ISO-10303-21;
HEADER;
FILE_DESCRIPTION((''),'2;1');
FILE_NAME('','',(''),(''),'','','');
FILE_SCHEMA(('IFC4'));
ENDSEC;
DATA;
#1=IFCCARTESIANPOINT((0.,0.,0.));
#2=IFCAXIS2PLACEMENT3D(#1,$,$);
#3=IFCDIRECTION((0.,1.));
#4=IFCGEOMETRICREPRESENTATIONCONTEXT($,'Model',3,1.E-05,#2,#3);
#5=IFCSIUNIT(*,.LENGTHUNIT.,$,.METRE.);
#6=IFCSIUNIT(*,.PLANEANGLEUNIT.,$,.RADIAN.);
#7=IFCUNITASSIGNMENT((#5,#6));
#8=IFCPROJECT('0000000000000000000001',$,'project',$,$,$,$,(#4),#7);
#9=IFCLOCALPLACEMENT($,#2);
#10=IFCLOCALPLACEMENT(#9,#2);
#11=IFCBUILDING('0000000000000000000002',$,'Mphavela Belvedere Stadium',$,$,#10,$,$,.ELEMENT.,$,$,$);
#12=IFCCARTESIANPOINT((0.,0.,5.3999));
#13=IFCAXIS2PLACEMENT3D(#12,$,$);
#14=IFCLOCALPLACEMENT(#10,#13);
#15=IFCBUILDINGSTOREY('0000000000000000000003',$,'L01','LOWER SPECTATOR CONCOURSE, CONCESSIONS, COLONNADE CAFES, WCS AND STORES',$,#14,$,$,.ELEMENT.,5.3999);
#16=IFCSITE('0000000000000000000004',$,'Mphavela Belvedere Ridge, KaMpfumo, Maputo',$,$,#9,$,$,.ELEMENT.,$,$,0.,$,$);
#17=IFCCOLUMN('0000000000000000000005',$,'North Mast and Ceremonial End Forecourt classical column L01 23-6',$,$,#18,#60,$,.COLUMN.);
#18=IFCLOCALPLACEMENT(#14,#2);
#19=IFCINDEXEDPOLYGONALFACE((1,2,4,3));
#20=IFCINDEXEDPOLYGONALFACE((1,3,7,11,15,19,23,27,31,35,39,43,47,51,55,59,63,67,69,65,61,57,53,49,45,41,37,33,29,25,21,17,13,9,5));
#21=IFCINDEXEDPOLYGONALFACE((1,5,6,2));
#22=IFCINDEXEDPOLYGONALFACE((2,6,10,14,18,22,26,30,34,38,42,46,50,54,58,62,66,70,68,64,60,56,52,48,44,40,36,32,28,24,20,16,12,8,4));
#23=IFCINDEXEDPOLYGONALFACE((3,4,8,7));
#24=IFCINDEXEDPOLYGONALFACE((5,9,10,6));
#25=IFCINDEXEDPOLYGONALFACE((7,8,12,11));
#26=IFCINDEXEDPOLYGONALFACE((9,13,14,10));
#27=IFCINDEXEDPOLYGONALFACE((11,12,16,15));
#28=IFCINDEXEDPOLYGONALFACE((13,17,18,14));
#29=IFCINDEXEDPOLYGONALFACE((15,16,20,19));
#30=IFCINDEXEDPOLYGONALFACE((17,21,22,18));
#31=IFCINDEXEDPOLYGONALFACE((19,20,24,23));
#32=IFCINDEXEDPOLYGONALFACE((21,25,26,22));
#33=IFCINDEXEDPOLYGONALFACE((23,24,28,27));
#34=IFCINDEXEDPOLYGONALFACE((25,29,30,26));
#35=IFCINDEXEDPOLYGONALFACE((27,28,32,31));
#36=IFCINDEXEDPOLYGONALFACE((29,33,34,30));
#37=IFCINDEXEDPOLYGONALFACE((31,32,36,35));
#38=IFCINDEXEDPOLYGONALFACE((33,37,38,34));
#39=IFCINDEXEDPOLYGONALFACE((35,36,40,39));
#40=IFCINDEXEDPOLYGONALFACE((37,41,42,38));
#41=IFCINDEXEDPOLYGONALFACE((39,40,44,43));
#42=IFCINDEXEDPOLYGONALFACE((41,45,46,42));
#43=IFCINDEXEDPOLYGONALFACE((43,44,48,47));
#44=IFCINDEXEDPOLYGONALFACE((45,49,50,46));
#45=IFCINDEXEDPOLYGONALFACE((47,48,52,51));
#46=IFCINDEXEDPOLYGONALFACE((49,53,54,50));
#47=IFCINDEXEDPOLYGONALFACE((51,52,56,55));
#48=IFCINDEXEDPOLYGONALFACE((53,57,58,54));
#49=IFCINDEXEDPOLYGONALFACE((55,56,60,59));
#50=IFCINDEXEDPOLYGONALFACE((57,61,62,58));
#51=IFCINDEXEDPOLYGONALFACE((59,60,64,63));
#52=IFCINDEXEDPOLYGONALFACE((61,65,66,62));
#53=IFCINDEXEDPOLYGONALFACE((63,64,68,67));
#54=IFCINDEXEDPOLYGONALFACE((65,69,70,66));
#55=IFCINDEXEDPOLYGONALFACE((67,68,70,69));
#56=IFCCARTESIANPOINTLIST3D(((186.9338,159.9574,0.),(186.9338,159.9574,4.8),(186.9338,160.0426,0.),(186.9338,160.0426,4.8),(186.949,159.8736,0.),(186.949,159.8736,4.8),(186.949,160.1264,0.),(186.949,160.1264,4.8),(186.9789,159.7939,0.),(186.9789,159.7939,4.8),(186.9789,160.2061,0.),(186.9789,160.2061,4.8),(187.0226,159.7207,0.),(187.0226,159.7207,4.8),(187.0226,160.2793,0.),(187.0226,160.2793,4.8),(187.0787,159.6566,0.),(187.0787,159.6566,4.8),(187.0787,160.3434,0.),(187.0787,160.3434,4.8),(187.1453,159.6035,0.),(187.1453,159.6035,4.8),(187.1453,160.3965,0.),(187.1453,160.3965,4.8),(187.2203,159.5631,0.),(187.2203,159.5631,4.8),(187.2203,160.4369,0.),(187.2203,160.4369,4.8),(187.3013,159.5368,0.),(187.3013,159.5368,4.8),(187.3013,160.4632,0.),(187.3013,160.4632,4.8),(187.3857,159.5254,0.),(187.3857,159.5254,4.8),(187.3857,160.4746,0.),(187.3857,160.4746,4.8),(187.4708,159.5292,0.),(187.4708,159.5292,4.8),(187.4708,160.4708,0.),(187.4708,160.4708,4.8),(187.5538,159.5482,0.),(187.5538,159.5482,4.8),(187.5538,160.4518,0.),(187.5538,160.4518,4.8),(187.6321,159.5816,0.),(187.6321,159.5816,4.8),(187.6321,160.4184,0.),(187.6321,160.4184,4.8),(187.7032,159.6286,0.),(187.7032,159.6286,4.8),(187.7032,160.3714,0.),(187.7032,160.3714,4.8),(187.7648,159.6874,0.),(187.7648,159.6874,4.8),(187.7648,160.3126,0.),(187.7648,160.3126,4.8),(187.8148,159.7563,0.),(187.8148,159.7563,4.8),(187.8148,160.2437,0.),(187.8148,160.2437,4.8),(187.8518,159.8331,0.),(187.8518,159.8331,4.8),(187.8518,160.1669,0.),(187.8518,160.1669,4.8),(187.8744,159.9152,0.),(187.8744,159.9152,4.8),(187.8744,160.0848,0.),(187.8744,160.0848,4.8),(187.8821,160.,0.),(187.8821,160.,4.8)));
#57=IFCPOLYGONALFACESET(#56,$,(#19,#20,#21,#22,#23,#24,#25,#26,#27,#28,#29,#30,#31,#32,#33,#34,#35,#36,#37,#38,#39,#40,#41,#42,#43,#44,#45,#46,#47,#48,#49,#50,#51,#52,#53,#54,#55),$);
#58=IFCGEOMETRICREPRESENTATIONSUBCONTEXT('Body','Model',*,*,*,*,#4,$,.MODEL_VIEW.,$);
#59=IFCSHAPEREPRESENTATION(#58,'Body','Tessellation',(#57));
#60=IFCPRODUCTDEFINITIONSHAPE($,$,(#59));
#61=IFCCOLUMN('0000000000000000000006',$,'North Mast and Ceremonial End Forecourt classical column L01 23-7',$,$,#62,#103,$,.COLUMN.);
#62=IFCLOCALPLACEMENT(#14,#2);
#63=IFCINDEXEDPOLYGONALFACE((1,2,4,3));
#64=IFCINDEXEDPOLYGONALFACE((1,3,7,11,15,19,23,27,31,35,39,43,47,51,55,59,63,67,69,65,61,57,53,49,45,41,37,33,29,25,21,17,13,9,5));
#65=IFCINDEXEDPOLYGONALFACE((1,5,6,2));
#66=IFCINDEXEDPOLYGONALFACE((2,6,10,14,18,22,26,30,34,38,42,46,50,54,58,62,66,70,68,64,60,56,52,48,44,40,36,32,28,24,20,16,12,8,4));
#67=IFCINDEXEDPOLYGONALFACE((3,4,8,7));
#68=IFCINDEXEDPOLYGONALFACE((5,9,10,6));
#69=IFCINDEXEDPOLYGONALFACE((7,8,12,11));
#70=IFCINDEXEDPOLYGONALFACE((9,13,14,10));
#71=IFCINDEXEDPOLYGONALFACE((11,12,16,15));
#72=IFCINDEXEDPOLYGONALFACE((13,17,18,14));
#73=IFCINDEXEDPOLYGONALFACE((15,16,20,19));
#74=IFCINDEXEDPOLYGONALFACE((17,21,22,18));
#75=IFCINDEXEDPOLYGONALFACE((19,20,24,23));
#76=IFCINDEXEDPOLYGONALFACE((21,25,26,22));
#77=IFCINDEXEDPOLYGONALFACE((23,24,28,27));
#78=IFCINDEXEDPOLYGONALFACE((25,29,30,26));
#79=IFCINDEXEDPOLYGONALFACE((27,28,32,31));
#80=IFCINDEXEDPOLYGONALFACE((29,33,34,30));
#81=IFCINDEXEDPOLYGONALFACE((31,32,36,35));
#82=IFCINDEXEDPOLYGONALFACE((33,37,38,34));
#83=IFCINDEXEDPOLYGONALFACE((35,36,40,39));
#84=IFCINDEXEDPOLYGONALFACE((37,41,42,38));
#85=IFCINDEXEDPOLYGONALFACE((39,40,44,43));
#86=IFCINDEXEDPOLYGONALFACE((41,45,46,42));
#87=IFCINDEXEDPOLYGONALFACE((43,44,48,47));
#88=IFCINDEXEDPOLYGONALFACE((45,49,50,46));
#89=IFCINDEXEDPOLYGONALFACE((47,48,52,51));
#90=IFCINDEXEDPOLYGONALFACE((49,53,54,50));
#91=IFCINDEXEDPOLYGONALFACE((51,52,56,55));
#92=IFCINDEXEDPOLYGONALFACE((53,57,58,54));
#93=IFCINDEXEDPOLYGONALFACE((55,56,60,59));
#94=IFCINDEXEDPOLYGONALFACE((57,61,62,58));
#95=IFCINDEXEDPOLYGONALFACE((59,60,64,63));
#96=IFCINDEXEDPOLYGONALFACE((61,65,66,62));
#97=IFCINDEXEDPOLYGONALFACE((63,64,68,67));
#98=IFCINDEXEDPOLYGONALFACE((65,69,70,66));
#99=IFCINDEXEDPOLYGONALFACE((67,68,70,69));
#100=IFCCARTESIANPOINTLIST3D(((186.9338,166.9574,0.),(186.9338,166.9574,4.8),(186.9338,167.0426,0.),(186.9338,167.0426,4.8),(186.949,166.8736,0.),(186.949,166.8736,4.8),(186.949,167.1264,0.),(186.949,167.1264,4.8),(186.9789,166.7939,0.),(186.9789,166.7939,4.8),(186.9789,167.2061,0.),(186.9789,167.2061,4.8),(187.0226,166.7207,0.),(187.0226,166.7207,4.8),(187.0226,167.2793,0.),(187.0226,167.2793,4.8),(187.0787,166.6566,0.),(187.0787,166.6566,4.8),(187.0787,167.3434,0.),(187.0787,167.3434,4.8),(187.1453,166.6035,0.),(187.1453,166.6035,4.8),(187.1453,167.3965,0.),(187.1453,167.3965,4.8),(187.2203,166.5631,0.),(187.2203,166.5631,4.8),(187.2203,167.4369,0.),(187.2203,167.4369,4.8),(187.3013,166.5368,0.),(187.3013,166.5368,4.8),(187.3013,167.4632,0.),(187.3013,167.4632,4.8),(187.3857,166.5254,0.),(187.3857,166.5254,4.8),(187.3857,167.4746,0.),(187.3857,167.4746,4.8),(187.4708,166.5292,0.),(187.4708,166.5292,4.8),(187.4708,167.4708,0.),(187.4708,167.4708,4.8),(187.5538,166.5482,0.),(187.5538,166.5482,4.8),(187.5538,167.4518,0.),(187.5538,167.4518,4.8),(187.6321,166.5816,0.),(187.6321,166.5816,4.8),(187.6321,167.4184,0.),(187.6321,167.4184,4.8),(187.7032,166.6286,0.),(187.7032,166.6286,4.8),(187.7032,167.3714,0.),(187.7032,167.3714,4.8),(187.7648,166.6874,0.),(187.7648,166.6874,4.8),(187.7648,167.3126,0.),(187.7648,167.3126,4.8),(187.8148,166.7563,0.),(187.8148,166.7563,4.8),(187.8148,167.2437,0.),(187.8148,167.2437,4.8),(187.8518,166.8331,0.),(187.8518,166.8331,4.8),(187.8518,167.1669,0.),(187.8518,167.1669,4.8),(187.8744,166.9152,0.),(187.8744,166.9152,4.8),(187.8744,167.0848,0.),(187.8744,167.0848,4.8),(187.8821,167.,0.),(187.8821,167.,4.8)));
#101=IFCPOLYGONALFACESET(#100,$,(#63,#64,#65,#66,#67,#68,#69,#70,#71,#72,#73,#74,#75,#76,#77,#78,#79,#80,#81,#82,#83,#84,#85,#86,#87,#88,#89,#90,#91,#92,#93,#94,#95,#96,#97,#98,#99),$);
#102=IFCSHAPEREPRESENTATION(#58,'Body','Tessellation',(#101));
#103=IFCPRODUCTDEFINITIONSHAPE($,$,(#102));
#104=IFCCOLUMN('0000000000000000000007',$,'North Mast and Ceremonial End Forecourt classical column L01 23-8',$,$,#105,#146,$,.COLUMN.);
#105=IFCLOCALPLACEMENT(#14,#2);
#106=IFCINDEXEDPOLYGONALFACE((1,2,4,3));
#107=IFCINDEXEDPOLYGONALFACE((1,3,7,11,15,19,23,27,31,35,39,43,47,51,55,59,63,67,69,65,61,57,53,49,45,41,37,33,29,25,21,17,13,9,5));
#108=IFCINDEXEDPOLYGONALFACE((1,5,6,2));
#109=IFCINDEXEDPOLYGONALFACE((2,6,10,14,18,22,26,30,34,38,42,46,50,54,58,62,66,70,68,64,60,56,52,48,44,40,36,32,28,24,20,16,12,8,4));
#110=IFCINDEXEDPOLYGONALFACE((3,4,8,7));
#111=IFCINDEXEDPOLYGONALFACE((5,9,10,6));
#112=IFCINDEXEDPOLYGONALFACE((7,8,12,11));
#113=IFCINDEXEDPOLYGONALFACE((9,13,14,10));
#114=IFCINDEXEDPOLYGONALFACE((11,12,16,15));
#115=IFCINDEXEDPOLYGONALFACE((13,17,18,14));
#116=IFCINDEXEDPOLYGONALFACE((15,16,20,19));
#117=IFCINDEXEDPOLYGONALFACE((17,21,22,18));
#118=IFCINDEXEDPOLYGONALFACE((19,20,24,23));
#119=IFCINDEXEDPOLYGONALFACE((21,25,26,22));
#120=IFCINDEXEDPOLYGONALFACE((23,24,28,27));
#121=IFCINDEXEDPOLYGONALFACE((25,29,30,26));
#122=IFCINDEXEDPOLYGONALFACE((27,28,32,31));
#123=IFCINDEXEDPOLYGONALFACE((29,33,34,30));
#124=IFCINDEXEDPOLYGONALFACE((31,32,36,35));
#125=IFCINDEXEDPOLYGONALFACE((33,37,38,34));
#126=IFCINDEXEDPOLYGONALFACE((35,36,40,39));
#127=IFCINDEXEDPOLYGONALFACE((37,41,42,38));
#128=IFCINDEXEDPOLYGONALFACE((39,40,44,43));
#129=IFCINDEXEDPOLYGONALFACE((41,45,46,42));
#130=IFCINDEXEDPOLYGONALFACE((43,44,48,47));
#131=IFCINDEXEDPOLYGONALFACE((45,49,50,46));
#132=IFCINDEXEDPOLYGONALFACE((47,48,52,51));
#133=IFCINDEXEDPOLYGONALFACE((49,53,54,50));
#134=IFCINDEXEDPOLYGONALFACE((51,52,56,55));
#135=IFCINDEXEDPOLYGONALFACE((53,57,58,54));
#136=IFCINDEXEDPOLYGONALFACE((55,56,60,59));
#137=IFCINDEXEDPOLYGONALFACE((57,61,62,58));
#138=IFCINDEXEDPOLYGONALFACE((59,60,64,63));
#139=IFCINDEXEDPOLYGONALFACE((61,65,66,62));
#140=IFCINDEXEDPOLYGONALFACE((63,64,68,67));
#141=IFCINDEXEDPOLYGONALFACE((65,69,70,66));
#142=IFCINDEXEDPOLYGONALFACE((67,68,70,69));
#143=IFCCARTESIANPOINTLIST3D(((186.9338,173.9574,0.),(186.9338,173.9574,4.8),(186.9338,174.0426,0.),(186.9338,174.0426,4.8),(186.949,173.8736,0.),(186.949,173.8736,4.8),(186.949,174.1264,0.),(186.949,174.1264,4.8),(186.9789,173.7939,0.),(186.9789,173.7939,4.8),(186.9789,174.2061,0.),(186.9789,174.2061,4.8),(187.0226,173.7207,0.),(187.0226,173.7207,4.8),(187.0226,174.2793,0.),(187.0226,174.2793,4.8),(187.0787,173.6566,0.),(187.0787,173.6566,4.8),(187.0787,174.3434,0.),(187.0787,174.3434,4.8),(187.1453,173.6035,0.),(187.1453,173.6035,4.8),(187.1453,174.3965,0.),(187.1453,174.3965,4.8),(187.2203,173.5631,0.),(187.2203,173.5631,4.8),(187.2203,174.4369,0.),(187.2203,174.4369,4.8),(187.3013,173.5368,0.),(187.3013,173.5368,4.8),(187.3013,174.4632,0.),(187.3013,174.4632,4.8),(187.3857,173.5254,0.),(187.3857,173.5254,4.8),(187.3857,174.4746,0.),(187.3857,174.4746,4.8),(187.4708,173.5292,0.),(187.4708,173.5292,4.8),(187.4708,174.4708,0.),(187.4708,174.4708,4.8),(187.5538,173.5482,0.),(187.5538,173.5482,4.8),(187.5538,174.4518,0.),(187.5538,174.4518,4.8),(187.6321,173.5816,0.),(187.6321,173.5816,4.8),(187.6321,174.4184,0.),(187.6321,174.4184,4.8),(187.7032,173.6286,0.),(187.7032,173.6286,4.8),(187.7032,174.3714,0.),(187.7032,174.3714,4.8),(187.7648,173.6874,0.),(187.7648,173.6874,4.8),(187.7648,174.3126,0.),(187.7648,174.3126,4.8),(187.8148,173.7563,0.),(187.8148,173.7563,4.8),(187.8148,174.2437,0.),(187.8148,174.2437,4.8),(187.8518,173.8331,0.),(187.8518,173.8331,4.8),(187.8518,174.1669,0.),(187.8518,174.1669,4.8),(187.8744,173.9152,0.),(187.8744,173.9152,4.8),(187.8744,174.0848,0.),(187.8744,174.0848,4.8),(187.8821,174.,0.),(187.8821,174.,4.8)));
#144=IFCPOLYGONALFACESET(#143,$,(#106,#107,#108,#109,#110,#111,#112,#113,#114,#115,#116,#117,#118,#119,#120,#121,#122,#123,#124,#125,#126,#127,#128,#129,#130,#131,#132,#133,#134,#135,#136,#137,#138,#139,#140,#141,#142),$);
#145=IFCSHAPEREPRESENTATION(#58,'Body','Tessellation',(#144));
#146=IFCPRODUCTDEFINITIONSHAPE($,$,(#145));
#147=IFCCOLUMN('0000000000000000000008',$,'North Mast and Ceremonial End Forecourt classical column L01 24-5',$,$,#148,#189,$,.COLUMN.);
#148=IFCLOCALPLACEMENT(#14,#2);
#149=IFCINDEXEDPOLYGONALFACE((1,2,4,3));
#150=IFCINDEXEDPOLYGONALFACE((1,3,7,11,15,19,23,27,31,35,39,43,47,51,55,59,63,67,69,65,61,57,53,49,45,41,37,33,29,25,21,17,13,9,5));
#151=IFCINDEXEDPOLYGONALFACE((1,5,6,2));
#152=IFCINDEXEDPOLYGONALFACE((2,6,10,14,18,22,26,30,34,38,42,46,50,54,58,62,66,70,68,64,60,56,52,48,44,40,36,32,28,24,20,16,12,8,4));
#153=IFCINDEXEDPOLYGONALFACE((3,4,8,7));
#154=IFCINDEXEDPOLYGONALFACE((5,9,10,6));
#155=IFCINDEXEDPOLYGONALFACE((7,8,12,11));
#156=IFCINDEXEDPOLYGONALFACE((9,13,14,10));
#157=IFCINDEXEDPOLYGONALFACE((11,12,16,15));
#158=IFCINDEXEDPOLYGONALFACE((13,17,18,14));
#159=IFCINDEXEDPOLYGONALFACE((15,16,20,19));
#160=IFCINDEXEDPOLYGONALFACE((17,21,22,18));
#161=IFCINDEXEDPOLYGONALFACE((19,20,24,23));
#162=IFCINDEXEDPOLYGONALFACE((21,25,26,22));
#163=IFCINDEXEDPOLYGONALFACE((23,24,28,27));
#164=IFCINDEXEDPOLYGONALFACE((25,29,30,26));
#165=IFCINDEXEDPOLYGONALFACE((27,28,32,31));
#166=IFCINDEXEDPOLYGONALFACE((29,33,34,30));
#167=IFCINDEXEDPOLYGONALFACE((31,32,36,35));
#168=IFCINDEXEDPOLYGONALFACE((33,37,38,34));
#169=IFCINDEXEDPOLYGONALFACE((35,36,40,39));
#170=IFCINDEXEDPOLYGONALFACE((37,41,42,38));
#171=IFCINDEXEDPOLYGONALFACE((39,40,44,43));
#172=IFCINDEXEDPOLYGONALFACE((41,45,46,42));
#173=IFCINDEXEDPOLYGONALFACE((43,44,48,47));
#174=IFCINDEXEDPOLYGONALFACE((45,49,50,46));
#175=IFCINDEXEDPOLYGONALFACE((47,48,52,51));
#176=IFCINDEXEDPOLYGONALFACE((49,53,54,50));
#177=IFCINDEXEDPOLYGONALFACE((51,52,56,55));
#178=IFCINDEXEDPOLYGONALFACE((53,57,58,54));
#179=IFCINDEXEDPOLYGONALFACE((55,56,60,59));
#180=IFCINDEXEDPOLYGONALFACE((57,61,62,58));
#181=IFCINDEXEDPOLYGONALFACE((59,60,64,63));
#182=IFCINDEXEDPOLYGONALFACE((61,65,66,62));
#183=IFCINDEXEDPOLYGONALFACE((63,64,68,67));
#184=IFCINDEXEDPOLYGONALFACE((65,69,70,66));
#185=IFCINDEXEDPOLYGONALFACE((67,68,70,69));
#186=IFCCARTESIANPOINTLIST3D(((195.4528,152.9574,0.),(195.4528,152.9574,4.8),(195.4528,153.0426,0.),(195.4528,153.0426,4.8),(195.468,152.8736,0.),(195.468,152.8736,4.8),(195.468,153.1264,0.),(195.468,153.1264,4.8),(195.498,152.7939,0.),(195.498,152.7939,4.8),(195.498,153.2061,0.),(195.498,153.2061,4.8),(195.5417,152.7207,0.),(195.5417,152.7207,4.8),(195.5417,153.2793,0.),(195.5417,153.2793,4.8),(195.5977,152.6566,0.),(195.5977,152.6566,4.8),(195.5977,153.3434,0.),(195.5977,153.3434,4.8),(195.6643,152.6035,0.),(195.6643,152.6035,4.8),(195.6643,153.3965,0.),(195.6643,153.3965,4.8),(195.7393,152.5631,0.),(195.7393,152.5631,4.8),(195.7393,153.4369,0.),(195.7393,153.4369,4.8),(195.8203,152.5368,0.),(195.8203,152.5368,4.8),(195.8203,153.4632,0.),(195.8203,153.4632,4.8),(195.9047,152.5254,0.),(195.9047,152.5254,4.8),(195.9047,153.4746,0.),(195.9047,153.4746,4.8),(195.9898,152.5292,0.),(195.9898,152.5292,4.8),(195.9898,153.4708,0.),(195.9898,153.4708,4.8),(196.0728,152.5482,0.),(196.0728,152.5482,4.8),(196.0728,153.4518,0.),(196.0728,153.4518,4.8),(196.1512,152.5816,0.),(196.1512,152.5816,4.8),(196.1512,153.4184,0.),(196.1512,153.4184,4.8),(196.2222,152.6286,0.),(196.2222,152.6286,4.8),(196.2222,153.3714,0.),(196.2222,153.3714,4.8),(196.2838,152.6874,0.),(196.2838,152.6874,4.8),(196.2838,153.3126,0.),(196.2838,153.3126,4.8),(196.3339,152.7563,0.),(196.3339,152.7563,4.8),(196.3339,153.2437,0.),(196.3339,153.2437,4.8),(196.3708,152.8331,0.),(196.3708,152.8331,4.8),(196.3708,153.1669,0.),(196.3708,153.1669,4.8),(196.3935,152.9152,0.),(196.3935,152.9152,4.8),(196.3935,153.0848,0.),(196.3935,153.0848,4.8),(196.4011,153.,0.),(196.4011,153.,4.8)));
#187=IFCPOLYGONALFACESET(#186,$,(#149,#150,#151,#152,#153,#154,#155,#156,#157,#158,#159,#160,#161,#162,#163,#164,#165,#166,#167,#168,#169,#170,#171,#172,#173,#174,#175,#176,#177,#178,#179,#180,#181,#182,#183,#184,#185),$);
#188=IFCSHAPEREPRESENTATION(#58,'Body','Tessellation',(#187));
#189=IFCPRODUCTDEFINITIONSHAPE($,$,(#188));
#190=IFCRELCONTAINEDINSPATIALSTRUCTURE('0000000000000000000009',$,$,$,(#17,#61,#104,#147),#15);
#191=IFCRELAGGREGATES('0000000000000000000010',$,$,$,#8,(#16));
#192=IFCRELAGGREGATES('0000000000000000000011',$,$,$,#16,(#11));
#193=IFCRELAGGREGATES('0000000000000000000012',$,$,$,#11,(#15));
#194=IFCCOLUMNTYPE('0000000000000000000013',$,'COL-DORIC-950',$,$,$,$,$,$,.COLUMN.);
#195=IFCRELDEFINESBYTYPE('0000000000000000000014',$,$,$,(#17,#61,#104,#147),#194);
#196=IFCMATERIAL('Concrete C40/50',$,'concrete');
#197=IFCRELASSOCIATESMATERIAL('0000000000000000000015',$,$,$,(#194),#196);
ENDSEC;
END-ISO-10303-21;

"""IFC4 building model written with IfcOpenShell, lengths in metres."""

from ifc_helpers import new_model, si_unit, direction, frame, origin, origin_2d, place, context, subcontext, project, spatial, circle, extrude, material, material_profile, profile_set, type_object, element, save


model = new_model("IFC4")

# Units and contexts
model_context = context("Model", 3, precision=1e-05, world=origin(), true_north=direction((0.0, 1.0)))
body_context = subcontext(model_context, "Body", "Model", "MODEL_VIEW")
ifc_project = project(units=[si_unit("LENGTHUNIT", "METRE"), si_unit("PLANEANGLEUNIT", "RADIAN")], contexts=[model_context])

# Site, building, storey
site_placement = place(None, origin())
site = spatial("IfcSite", under=ifc_project, at=site_placement, Name="Mphavela Belvedere Ridge, KaMpfumo, Maputo", CompositionType="ELEMENT", RefElevation=0.0)
building_placement = place(site_placement, origin())
building = spatial("IfcBuilding", under=site, at=building_placement, Name="Mphavela Belvedere Stadium", CompositionType="ELEMENT")
storey_placement = place(building_placement, frame((0.0, 0.0, 5.3999)))
storey = spatial("IfcBuildingStorey", under=building, at=storey_placement, Name="L01", Description="LOWER SPECTATOR CONCOURSE, CONCESSIONS, COLONNADE CAFES, WCS AND STORES", CompositionType="ELEMENT", Elevation=5.3999)

# Columns
ifc_material_1 = material(Name="Concrete C40/50", Category="concrete")
ifc_material_profile_1 = material_profile(ifc_material_1, circle(Radius=0.4751, at=origin_2d()), Name="COL D950")
ifc_profile_set_1 = profile_set([ifc_material_profile_1], Name="Concrete C40/50")
column_type = type_object("IfcColumnType", Name="COL-DORIC-950", PredefinedType="COLUMN", material=ifc_profile_set_1)
for number, where, z_axis, x_axis, name in (
    (1, (187.407, 160.0, 0.0), (0.0, 0.0, 1.0), (1.0, 0.0, 0.0), "North Mast and Ceremonial End Forecourt classical column L01 23-6"),
    (2, (187.407, 167.0, 0.0), (0.0, 0.0, 1.0), (1.0, 0.0, 0.0), "North Mast and Ceremonial End Forecourt classical column L01 23-7"),
    (3, (187.407, 174.0, 0.0), (0.0, 0.0, 1.0), (1.0, 0.0, 0.0), "North Mast and Ceremonial End Forecourt classical column L01 23-8"),
    (4, (195.926, 153.0, 0.0), (0.0, 0.0, 1.0), (1.0, 0.0, 0.0), "North Mast and Ceremonial End Forecourt classical column L01 24-5"),
):
    element("IfcColumn", number, at=place(storey_placement, frame(where, z_axis=z_axis, x_axis=x_axis)), inside=storey, type_object=column_type, Name=name, PredefinedType="COLUMN", context=body_context, shape_type="SweptSolid", body=[
        extrude(circle(Radius=0.4751, at=origin_2d()), origin(), (0.0, 0.0, 1.0), 4.8),
    ])

save(model, "model.ifc")
